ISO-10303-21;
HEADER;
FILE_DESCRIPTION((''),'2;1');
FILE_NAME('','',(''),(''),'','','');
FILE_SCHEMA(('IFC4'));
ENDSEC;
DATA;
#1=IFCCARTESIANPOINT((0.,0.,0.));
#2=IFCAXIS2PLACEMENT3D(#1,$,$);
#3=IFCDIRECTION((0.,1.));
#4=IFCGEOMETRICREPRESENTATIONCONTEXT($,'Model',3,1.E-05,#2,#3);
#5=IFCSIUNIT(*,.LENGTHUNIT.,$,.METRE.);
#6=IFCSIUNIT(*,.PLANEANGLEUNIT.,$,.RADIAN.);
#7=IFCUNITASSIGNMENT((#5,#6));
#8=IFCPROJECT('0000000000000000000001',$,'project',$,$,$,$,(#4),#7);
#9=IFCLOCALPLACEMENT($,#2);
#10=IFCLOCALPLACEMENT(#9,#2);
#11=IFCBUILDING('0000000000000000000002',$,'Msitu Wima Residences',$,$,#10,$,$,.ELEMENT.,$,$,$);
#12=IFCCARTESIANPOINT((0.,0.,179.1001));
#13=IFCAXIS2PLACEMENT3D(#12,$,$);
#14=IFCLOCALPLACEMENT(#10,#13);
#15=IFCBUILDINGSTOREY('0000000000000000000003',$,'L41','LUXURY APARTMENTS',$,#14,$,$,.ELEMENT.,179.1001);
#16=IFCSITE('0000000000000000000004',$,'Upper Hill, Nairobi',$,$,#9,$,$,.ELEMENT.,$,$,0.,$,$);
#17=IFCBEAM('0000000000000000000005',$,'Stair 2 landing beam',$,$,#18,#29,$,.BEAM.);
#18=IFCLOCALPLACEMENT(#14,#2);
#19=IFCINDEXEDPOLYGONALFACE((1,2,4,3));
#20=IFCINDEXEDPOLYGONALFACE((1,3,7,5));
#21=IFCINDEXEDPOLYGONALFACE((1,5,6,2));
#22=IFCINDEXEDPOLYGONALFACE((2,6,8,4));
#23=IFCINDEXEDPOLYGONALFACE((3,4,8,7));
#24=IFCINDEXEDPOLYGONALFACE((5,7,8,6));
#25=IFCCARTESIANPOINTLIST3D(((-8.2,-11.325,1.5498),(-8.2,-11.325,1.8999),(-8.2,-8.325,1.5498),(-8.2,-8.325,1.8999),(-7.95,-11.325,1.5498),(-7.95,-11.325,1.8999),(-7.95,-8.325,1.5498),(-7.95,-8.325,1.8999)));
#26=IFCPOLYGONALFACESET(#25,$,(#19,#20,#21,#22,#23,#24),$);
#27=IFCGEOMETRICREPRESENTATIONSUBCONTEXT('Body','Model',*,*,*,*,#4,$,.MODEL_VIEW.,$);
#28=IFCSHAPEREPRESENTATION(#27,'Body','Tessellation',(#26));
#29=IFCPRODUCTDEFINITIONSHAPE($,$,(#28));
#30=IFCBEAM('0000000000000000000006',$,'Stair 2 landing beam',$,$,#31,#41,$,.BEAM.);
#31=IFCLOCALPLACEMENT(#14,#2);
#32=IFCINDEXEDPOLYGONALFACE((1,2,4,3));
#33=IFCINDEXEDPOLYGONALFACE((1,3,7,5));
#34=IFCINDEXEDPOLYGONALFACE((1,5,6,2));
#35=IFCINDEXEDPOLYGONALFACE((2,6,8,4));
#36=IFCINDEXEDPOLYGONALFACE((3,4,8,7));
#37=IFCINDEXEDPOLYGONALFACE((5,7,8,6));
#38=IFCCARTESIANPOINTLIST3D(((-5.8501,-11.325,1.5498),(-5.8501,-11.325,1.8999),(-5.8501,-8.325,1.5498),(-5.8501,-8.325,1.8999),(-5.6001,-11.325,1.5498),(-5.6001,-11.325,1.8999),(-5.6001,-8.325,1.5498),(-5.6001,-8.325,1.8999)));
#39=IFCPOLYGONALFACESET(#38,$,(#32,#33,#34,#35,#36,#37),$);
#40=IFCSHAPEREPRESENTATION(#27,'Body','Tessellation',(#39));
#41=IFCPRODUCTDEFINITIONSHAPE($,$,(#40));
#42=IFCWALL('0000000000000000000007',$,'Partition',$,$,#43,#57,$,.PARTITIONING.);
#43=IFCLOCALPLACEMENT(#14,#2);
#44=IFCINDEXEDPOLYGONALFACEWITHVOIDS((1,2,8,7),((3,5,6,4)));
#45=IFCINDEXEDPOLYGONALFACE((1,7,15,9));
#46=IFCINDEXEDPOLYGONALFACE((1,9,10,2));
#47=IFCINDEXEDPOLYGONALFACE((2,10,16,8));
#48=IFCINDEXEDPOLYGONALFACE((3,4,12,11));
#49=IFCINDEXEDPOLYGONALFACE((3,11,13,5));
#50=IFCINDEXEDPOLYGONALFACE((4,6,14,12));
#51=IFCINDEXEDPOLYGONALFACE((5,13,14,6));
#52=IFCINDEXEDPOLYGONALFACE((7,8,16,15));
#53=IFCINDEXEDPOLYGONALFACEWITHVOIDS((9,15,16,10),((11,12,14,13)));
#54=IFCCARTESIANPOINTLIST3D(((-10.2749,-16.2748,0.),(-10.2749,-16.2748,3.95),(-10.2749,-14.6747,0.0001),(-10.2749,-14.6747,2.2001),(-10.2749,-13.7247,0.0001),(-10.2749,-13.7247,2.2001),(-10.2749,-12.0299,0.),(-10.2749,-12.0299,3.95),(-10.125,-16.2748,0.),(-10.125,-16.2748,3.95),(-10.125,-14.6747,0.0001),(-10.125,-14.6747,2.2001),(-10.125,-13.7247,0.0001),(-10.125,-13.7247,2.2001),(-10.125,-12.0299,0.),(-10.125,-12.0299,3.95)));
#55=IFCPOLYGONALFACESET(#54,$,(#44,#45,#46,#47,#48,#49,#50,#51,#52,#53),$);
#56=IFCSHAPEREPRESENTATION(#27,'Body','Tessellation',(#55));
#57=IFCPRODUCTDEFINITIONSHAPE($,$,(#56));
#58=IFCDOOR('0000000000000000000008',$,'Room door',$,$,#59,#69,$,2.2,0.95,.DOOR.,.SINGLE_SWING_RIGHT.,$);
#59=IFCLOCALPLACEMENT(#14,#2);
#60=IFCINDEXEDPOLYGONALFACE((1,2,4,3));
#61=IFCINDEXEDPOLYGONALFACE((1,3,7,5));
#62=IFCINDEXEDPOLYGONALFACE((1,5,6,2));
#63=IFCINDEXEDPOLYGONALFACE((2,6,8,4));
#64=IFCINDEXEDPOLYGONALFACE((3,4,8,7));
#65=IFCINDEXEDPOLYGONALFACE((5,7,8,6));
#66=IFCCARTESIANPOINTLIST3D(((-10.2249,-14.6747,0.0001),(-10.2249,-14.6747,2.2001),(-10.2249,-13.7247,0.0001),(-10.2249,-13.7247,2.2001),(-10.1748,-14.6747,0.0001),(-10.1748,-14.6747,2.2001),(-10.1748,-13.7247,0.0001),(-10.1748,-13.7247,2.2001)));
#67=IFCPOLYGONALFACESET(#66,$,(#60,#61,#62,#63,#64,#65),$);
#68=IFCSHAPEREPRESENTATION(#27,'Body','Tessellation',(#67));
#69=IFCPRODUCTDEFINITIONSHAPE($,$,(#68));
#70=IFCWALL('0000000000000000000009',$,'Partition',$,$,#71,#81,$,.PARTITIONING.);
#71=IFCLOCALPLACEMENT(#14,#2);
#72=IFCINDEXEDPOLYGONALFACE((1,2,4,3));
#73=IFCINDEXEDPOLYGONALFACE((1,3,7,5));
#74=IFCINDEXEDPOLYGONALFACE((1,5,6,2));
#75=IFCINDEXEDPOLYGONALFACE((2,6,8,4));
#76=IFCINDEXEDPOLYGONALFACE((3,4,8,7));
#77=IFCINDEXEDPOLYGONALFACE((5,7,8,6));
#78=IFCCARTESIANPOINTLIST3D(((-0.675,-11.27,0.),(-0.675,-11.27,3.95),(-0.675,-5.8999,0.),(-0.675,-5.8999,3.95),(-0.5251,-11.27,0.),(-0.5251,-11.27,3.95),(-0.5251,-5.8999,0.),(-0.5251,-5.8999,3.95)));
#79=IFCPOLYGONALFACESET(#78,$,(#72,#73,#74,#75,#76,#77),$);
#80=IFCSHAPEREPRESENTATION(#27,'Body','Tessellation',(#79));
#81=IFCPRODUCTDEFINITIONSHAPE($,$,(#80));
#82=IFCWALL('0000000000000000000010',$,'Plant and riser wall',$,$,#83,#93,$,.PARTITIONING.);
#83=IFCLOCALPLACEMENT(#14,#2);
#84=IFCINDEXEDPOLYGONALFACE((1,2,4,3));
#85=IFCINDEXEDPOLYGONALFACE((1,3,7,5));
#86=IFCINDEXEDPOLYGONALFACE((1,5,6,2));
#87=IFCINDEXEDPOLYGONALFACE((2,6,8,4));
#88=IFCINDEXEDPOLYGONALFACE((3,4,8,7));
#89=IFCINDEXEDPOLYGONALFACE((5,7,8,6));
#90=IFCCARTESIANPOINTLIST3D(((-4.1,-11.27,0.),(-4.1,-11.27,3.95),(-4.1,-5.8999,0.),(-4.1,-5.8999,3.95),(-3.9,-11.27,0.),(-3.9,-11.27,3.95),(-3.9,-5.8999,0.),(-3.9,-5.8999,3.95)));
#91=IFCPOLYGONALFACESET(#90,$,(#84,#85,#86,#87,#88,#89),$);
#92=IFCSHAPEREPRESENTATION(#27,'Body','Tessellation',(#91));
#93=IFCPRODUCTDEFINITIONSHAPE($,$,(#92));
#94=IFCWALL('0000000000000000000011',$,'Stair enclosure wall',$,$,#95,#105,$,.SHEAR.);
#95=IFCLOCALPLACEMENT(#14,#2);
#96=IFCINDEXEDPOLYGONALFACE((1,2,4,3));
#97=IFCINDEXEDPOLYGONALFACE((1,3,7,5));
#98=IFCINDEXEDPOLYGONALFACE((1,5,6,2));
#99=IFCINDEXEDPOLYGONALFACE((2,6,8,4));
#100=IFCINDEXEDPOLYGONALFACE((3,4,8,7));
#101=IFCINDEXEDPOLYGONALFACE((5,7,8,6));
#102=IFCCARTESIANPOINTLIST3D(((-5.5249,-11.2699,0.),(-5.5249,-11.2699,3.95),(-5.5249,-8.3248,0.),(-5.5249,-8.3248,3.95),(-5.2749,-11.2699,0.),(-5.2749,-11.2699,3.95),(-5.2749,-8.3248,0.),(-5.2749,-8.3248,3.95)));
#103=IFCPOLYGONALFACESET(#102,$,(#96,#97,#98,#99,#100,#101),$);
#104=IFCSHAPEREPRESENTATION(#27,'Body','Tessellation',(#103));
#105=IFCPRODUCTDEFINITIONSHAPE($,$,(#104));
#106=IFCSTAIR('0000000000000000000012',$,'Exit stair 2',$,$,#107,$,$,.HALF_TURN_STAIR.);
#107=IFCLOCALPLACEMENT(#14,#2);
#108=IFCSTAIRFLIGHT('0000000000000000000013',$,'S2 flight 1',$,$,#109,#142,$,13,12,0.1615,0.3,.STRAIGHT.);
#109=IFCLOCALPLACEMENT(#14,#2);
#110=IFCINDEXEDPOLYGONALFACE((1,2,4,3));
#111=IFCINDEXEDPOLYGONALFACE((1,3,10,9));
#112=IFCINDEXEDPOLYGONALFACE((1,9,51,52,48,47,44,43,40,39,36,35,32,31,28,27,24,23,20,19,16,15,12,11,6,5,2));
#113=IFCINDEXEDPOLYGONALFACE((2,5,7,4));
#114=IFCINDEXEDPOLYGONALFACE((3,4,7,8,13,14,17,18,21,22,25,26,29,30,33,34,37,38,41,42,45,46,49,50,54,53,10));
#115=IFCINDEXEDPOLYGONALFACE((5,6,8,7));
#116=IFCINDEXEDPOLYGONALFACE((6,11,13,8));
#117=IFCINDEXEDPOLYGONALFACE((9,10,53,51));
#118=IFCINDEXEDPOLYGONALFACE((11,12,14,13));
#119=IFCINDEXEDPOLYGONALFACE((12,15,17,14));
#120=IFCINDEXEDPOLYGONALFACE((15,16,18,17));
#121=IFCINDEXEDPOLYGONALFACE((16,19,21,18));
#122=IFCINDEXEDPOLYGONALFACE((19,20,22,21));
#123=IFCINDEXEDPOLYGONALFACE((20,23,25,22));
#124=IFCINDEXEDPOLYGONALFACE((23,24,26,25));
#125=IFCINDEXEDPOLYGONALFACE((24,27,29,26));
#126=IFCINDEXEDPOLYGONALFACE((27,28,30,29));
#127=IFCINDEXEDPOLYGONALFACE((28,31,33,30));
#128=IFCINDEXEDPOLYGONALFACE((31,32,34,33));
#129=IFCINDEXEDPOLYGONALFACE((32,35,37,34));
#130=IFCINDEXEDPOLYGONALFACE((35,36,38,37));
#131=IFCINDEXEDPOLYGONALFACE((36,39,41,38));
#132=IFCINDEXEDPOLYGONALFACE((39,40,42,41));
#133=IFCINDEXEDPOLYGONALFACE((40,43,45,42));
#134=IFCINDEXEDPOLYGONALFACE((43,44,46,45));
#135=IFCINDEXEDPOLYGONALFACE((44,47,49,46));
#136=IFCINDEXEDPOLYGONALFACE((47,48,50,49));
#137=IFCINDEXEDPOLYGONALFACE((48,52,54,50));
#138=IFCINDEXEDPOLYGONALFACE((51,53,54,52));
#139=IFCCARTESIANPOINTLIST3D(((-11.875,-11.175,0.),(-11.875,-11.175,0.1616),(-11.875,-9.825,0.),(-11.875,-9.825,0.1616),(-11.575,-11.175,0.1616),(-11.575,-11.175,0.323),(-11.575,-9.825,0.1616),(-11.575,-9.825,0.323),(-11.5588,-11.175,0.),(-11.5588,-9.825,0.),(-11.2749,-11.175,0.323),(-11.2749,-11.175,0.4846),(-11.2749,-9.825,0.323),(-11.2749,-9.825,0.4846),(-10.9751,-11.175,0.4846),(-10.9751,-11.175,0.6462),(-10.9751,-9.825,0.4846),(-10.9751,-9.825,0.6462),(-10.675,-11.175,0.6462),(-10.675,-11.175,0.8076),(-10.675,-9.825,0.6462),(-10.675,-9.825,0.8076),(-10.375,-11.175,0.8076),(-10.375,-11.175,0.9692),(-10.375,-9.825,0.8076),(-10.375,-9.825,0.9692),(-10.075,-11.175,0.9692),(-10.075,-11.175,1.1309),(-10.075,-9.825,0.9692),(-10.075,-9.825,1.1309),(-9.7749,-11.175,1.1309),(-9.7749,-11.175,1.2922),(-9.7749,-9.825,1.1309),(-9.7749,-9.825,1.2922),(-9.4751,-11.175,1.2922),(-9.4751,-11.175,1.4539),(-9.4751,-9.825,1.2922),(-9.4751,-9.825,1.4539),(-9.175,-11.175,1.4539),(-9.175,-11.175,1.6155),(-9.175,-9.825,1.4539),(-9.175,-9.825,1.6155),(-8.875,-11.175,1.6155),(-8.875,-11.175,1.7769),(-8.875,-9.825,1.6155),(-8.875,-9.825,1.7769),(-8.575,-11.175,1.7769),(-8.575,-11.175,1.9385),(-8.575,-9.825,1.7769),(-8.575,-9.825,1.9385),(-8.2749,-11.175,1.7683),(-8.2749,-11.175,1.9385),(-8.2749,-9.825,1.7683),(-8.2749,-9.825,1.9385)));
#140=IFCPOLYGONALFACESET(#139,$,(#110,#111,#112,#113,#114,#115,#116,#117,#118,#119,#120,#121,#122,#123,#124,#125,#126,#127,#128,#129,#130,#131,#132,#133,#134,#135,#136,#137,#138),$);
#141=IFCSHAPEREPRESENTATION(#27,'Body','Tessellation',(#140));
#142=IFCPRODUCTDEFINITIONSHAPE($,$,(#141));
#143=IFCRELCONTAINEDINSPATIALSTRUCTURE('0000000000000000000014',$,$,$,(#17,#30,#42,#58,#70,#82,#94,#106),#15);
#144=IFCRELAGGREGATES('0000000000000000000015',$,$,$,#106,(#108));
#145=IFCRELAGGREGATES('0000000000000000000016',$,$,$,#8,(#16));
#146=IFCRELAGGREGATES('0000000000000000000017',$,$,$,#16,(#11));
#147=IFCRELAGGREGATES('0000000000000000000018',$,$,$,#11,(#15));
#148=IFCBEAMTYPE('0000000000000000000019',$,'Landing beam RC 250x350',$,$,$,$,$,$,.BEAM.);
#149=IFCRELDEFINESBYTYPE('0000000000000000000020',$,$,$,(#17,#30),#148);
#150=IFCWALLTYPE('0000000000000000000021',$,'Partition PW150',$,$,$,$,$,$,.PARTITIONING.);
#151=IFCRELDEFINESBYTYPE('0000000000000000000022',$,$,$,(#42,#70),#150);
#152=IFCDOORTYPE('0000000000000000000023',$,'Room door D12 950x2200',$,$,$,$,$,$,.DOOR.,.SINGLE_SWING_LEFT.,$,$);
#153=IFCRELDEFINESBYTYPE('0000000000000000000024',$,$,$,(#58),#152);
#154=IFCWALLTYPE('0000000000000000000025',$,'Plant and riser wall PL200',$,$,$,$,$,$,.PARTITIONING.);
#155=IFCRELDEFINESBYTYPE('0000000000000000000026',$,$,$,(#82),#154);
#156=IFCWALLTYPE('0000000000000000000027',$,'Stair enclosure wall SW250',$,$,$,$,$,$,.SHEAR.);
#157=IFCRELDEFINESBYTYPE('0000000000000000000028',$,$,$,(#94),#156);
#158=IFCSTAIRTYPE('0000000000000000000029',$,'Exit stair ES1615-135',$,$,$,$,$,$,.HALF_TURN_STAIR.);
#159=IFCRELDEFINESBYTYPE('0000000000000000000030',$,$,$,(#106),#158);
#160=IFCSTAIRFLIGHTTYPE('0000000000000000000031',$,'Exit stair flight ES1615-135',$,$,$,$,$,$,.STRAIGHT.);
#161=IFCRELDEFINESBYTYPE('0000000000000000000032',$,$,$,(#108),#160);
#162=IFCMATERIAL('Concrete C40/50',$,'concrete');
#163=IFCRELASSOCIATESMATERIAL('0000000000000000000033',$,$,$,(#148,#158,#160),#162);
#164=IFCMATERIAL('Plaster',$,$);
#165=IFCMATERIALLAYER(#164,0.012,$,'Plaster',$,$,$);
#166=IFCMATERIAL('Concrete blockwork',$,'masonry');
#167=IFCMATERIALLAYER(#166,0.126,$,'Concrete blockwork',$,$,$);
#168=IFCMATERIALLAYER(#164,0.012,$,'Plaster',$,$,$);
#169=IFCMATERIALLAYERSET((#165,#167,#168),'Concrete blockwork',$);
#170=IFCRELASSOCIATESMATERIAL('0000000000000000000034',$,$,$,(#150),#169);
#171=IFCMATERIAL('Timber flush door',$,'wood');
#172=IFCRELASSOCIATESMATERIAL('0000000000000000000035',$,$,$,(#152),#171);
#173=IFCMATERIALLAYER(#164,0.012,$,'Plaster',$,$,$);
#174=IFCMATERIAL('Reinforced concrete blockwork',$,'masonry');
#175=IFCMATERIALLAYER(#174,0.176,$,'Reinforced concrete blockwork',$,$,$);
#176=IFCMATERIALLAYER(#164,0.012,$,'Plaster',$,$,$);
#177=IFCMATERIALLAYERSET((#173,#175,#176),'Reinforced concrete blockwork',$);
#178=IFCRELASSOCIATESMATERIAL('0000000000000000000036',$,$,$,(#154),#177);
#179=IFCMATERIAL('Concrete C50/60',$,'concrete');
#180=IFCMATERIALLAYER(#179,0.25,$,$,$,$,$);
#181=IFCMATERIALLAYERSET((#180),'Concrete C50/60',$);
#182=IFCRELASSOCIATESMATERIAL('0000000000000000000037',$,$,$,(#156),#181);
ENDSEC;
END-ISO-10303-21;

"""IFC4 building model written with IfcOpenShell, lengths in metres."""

from ifc_helpers import new_model, si_unit, direction, frame, frame_2d, origin, origin_2d, place, context, subcontext, project, spatial, polyline, rectangle, outline, extrude, material, layer, layer_set, material_profile, profile_set, type_object, element, fill, aggregate, save


model = new_model("IFC4")

# Units and contexts
model_context = context("Model", 3, precision=1e-05, world=origin(), true_north=direction((0.0, 1.0)))
body_context = subcontext(model_context, "Body", "Model", "MODEL_VIEW")
ifc_project = project(units=[si_unit("LENGTHUNIT", "METRE"), si_unit("PLANEANGLEUNIT", "RADIAN")], contexts=[model_context])

# Site, building, storey
site_placement = place(None, origin())
site = spatial("IfcSite", under=ifc_project, at=site_placement, Name="Upper Hill, Nairobi", CompositionType="ELEMENT", RefElevation=0.0)
building_placement = place(site_placement, origin())
building = spatial("IfcBuilding", under=site, at=building_placement, Name="Msitu Wima Residences", CompositionType="ELEMENT")
storey_placement = place(building_placement, frame((0.0, 0.0, 179.1001)))
storey = spatial("IfcBuildingStorey", under=building, at=storey_placement, Name="L41", Description="LUXURY APARTMENTS", CompositionType="ELEMENT", Elevation=179.1001)

# Beams
ifc_material_1 = material(Name="Concrete C40/50", Category="concrete")
ifc_material_profile = material_profile(ifc_material_1, rectangle(XDim=0.25, YDim=0.3501, at=origin_2d()), Name="RC 250x350")
ifc_profile_set = profile_set([ifc_material_profile], Name="Concrete C40/50")
beam_type = type_object("IfcBeamType", Name="Landing beam RC 250x350", PredefinedType="BEAM", material=ifc_profile_set)
for number, where, z_axis, x_axis, name in (
    (1, (-8.075, -11.325, 1.7249), (0.0, 1.0, 0.0), (-1.0, 0.0, 0.0), "Stair 2 landing beam"),
    (2, (-5.7251, -11.325, 1.7249), (0.0, 1.0, 0.0), (-1.0, 0.0, 0.0), "Stair 2 landing beam"),
):
    element("IfcBeam", number, at=place(storey_placement, frame(where, z_axis=z_axis, x_axis=x_axis)), inside=storey, type_object=beam_type, Name=name, PredefinedType="BEAM", context=body_context, shape_type="SweptSolid", body=[
        extrude(rectangle(XDim=0.25, YDim=0.3501, at=origin_2d()), origin(), (0.0, 0.0, 1.0), 3.0),
    ])

# Wall, opening, door
ifc_material_2 = material(Name="Plaster")
ifc_layer_1 = layer(ifc_material_2, 0.012, Name="Plaster")
ifc_material_3 = material(Name="Concrete blockwork", Category="masonry")
ifc_layer_2 = layer(ifc_material_3, 0.126, Name="Concrete blockwork")
ifc_layer_3 = layer(ifc_material_2, 0.012, Name="Plaster")
ifc_layer_set_1 = layer_set([ifc_layer_1, ifc_layer_2, ifc_layer_3], Name="Concrete blockwork")
wall_type_1 = type_object("IfcWallType", Name="Partition PW150", PredefinedType="PARTITIONING", material=ifc_layer_set_1)
wall_1_placement = place(storey_placement, frame((-10.2, -16.2749, 0.0), z_axis=(0.0, 0.0, 1.0), x_axis=(0.0, 1.0, 0.0)))
wall_1 = element("IfcWall", 3, at=wall_1_placement, inside=storey, type_object=wall_type_1, Name="Partition", PredefinedType="PARTITIONING", context=body_context, shape_type="SweptSolid", body=[
    extrude(rectangle(XDim=4.2449, YDim=0.1499, at=frame_2d((2.1226, 0.0))), origin(), (0.0, 0.0, 1.0), 3.95),
])
opening_placement = place(wall_1_placement, frame((1.6001, 0.0, 0.0)))
opening = element("IfcOpeningElement", 4, at=opening_placement, cuts=wall_1, PredefinedType="OPENING", context=body_context, shape_type="SweptSolid", body=[
    extrude(rectangle(XDim=0.95, YDim=2.2, at=frame_2d((0.4751, 1.1001))), frame((0.0, 0.085, 0.0), z_axis=(0.0, -1.0, 0.0), x_axis=(1.0, 0.0, 0.0)), (0.0, 0.0, 1.0), 0.1699),
])
ifc_material_4 = material(Name="Timber flush door", Category="wood")
door_type = type_object("IfcDoorType", Name="Room door D12 950x2200", OperationType="SINGLE_SWING_LEFT", PredefinedType="DOOR", material=ifc_material_4)
door_placement = place(opening_placement, origin())
door = element("IfcDoor", 5, at=door_placement, inside=storey, type_object=door_type, Name="Room door", OperationType="SINGLE_SWING_RIGHT", OverallHeight=2.2, OverallWidth=0.95, PredefinedType="DOOR", context=body_context, shape_type="SweptSolid", body=[
    extrude(rectangle(XDim=0.95, YDim=2.2, at=frame_2d((0.4751, 1.1001))), frame((0.0, 0.0249, 0.0), z_axis=(0.0, -1.0, 0.0), x_axis=(1.0, 0.0, 0.0)), (0.0, 0.0, 1.0), 0.05),
])
fill(opening, door)

# Walls
wall_2_placement = place(storey_placement, frame((-0.6001, -11.27, 0.0), z_axis=(0.0, 0.0, 1.0), x_axis=(0.0, 1.0, 0.0)))
element("IfcWall", 6, at=wall_2_placement, inside=storey, type_object=wall_type_1, Name="Partition", PredefinedType="PARTITIONING", context=body_context, shape_type="SweptSolid", body=[
    extrude(rectangle(XDim=5.3701, YDim=0.1499, at=frame_2d((2.6851, 0.0))), origin(), (0.0, 0.0, 1.0), 3.95),
])
ifc_layer_4 = layer(ifc_material_2, 0.012, Name="Plaster")
ifc_material_5 = material(Name="Reinforced concrete blockwork", Category="masonry")
ifc_layer_5 = layer(ifc_material_5, 0.176, Name="Reinforced concrete blockwork")
ifc_layer_6 = layer(ifc_material_2, 0.012, Name="Plaster")
ifc_layer_set_2 = layer_set([ifc_layer_4, ifc_layer_5, ifc_layer_6], Name="Reinforced concrete blockwork")
wall_type_2 = type_object("IfcWallType", Name="Plant and riser wall PL200", PredefinedType="PARTITIONING", material=ifc_layer_set_2)
wall_3_placement = place(storey_placement, frame((-4.0, -11.27, 0.0), z_axis=(0.0, 0.0, 1.0), x_axis=(0.0, 1.0, 0.0)))
element("IfcWall", 7, at=wall_3_placement, inside=storey, type_object=wall_type_2, Name="Plant and riser wall", PredefinedType="PARTITIONING", context=body_context, shape_type="SweptSolid", body=[
    extrude(rectangle(XDim=5.3701, YDim=0.2, at=frame_2d((2.6851, 0.0))), origin(), (0.0, 0.0, 1.0), 3.95),
])
ifc_material_6 = material(Name="Concrete C50/60", Category="concrete")
ifc_layer_7 = layer(ifc_material_6, 0.25)
ifc_layer_set_3 = layer_set([ifc_layer_7], Name="Concrete C50/60")
wall_type_3 = type_object("IfcWallType", Name="Stair enclosure wall SW250", PredefinedType="SHEAR", material=ifc_layer_set_3)
wall_4_placement = place(storey_placement, frame((-5.3999, -11.27, 0.0), z_axis=(0.0, 0.0, 1.0), x_axis=(0.0, 1.0, 0.0)))
element("IfcWall", 8, at=wall_4_placement, inside=storey, type_object=wall_type_3, Name="Stair enclosure wall", PredefinedType="SHEAR", context=body_context, shape_type="SweptSolid", body=[
    extrude(rectangle(XDim=2.9451, YDim=0.25, at=frame_2d((1.4727, 0.0))), origin(), (0.0, 0.0, 1.0), 3.95),
])

# Stair, stair flight
stair_type = type_object("IfcStairType", Name="Exit stair ES1615-135", PredefinedType="HALF_TURN_STAIR", material=ifc_material_1)
stair_placement = place(storey_placement, origin())
stair = element("IfcStair", 9, at=stair_placement, inside=storey, type_object=stair_type, Name="Exit stair 2", PredefinedType="HALF_TURN_STAIR")
stair_flight_type = type_object("IfcStairFlightType", Name="Exit stair flight ES1615-135", PredefinedType="STRAIGHT", material=ifc_material_1)
stair_flight_placement = place(storey_placement, frame((-11.875, -10.5, 0.0), z_axis=(0.0, 0.0, 1.0), x_axis=(1.0, 0.0, 0.0)))
stair_flight = element("IfcStairFlight", 10, at=stair_flight_placement, type_object=stair_flight_type, Name="S2 flight 1", NumberOfRisers=13, NumberOfTreads=12, PredefinedType="STRAIGHT", RiserHeight=0.1615, TreadLength=0.3, context=body_context, shape_type="SweptSolid", body=[
    extrude(outline(polyline([(0.0, 0.0), (0.0, 0.1616), (0.3, 0.1616), (0.3, 0.323), (0.6001, 0.323), (0.6001, 0.4846), (0.8999, 0.4846), (0.8999, 0.6462), (1.2, 0.6462), (1.2, 0.8076), (1.5, 0.8076), (1.5, 0.9692), (1.8, 0.9692), (1.8, 1.1309), (2.1001, 1.1309), (2.1001, 1.2922), (2.3999, 1.2922), (2.3999, 1.4539), (2.7, 1.4539), (2.7, 1.6155), (3.0, 1.6155), (3.0, 1.7769), (3.3, 1.7769), (3.3, 1.9385), (3.6001, 1.9385), (3.6001, 2.1001), (3.6001, 1.7683), (0.3162, 0.0), (0.0, 0.0)])), frame((0.0, 0.675, 0.0), z_axis=(0.0, -1.0, 0.0), x_axis=(1.0, 0.0, 0.0)), (0.0, 0.0, 1.0), 1.3501),
])
aggregate(stair, [stair_flight])

save(model, "model.ifc")
